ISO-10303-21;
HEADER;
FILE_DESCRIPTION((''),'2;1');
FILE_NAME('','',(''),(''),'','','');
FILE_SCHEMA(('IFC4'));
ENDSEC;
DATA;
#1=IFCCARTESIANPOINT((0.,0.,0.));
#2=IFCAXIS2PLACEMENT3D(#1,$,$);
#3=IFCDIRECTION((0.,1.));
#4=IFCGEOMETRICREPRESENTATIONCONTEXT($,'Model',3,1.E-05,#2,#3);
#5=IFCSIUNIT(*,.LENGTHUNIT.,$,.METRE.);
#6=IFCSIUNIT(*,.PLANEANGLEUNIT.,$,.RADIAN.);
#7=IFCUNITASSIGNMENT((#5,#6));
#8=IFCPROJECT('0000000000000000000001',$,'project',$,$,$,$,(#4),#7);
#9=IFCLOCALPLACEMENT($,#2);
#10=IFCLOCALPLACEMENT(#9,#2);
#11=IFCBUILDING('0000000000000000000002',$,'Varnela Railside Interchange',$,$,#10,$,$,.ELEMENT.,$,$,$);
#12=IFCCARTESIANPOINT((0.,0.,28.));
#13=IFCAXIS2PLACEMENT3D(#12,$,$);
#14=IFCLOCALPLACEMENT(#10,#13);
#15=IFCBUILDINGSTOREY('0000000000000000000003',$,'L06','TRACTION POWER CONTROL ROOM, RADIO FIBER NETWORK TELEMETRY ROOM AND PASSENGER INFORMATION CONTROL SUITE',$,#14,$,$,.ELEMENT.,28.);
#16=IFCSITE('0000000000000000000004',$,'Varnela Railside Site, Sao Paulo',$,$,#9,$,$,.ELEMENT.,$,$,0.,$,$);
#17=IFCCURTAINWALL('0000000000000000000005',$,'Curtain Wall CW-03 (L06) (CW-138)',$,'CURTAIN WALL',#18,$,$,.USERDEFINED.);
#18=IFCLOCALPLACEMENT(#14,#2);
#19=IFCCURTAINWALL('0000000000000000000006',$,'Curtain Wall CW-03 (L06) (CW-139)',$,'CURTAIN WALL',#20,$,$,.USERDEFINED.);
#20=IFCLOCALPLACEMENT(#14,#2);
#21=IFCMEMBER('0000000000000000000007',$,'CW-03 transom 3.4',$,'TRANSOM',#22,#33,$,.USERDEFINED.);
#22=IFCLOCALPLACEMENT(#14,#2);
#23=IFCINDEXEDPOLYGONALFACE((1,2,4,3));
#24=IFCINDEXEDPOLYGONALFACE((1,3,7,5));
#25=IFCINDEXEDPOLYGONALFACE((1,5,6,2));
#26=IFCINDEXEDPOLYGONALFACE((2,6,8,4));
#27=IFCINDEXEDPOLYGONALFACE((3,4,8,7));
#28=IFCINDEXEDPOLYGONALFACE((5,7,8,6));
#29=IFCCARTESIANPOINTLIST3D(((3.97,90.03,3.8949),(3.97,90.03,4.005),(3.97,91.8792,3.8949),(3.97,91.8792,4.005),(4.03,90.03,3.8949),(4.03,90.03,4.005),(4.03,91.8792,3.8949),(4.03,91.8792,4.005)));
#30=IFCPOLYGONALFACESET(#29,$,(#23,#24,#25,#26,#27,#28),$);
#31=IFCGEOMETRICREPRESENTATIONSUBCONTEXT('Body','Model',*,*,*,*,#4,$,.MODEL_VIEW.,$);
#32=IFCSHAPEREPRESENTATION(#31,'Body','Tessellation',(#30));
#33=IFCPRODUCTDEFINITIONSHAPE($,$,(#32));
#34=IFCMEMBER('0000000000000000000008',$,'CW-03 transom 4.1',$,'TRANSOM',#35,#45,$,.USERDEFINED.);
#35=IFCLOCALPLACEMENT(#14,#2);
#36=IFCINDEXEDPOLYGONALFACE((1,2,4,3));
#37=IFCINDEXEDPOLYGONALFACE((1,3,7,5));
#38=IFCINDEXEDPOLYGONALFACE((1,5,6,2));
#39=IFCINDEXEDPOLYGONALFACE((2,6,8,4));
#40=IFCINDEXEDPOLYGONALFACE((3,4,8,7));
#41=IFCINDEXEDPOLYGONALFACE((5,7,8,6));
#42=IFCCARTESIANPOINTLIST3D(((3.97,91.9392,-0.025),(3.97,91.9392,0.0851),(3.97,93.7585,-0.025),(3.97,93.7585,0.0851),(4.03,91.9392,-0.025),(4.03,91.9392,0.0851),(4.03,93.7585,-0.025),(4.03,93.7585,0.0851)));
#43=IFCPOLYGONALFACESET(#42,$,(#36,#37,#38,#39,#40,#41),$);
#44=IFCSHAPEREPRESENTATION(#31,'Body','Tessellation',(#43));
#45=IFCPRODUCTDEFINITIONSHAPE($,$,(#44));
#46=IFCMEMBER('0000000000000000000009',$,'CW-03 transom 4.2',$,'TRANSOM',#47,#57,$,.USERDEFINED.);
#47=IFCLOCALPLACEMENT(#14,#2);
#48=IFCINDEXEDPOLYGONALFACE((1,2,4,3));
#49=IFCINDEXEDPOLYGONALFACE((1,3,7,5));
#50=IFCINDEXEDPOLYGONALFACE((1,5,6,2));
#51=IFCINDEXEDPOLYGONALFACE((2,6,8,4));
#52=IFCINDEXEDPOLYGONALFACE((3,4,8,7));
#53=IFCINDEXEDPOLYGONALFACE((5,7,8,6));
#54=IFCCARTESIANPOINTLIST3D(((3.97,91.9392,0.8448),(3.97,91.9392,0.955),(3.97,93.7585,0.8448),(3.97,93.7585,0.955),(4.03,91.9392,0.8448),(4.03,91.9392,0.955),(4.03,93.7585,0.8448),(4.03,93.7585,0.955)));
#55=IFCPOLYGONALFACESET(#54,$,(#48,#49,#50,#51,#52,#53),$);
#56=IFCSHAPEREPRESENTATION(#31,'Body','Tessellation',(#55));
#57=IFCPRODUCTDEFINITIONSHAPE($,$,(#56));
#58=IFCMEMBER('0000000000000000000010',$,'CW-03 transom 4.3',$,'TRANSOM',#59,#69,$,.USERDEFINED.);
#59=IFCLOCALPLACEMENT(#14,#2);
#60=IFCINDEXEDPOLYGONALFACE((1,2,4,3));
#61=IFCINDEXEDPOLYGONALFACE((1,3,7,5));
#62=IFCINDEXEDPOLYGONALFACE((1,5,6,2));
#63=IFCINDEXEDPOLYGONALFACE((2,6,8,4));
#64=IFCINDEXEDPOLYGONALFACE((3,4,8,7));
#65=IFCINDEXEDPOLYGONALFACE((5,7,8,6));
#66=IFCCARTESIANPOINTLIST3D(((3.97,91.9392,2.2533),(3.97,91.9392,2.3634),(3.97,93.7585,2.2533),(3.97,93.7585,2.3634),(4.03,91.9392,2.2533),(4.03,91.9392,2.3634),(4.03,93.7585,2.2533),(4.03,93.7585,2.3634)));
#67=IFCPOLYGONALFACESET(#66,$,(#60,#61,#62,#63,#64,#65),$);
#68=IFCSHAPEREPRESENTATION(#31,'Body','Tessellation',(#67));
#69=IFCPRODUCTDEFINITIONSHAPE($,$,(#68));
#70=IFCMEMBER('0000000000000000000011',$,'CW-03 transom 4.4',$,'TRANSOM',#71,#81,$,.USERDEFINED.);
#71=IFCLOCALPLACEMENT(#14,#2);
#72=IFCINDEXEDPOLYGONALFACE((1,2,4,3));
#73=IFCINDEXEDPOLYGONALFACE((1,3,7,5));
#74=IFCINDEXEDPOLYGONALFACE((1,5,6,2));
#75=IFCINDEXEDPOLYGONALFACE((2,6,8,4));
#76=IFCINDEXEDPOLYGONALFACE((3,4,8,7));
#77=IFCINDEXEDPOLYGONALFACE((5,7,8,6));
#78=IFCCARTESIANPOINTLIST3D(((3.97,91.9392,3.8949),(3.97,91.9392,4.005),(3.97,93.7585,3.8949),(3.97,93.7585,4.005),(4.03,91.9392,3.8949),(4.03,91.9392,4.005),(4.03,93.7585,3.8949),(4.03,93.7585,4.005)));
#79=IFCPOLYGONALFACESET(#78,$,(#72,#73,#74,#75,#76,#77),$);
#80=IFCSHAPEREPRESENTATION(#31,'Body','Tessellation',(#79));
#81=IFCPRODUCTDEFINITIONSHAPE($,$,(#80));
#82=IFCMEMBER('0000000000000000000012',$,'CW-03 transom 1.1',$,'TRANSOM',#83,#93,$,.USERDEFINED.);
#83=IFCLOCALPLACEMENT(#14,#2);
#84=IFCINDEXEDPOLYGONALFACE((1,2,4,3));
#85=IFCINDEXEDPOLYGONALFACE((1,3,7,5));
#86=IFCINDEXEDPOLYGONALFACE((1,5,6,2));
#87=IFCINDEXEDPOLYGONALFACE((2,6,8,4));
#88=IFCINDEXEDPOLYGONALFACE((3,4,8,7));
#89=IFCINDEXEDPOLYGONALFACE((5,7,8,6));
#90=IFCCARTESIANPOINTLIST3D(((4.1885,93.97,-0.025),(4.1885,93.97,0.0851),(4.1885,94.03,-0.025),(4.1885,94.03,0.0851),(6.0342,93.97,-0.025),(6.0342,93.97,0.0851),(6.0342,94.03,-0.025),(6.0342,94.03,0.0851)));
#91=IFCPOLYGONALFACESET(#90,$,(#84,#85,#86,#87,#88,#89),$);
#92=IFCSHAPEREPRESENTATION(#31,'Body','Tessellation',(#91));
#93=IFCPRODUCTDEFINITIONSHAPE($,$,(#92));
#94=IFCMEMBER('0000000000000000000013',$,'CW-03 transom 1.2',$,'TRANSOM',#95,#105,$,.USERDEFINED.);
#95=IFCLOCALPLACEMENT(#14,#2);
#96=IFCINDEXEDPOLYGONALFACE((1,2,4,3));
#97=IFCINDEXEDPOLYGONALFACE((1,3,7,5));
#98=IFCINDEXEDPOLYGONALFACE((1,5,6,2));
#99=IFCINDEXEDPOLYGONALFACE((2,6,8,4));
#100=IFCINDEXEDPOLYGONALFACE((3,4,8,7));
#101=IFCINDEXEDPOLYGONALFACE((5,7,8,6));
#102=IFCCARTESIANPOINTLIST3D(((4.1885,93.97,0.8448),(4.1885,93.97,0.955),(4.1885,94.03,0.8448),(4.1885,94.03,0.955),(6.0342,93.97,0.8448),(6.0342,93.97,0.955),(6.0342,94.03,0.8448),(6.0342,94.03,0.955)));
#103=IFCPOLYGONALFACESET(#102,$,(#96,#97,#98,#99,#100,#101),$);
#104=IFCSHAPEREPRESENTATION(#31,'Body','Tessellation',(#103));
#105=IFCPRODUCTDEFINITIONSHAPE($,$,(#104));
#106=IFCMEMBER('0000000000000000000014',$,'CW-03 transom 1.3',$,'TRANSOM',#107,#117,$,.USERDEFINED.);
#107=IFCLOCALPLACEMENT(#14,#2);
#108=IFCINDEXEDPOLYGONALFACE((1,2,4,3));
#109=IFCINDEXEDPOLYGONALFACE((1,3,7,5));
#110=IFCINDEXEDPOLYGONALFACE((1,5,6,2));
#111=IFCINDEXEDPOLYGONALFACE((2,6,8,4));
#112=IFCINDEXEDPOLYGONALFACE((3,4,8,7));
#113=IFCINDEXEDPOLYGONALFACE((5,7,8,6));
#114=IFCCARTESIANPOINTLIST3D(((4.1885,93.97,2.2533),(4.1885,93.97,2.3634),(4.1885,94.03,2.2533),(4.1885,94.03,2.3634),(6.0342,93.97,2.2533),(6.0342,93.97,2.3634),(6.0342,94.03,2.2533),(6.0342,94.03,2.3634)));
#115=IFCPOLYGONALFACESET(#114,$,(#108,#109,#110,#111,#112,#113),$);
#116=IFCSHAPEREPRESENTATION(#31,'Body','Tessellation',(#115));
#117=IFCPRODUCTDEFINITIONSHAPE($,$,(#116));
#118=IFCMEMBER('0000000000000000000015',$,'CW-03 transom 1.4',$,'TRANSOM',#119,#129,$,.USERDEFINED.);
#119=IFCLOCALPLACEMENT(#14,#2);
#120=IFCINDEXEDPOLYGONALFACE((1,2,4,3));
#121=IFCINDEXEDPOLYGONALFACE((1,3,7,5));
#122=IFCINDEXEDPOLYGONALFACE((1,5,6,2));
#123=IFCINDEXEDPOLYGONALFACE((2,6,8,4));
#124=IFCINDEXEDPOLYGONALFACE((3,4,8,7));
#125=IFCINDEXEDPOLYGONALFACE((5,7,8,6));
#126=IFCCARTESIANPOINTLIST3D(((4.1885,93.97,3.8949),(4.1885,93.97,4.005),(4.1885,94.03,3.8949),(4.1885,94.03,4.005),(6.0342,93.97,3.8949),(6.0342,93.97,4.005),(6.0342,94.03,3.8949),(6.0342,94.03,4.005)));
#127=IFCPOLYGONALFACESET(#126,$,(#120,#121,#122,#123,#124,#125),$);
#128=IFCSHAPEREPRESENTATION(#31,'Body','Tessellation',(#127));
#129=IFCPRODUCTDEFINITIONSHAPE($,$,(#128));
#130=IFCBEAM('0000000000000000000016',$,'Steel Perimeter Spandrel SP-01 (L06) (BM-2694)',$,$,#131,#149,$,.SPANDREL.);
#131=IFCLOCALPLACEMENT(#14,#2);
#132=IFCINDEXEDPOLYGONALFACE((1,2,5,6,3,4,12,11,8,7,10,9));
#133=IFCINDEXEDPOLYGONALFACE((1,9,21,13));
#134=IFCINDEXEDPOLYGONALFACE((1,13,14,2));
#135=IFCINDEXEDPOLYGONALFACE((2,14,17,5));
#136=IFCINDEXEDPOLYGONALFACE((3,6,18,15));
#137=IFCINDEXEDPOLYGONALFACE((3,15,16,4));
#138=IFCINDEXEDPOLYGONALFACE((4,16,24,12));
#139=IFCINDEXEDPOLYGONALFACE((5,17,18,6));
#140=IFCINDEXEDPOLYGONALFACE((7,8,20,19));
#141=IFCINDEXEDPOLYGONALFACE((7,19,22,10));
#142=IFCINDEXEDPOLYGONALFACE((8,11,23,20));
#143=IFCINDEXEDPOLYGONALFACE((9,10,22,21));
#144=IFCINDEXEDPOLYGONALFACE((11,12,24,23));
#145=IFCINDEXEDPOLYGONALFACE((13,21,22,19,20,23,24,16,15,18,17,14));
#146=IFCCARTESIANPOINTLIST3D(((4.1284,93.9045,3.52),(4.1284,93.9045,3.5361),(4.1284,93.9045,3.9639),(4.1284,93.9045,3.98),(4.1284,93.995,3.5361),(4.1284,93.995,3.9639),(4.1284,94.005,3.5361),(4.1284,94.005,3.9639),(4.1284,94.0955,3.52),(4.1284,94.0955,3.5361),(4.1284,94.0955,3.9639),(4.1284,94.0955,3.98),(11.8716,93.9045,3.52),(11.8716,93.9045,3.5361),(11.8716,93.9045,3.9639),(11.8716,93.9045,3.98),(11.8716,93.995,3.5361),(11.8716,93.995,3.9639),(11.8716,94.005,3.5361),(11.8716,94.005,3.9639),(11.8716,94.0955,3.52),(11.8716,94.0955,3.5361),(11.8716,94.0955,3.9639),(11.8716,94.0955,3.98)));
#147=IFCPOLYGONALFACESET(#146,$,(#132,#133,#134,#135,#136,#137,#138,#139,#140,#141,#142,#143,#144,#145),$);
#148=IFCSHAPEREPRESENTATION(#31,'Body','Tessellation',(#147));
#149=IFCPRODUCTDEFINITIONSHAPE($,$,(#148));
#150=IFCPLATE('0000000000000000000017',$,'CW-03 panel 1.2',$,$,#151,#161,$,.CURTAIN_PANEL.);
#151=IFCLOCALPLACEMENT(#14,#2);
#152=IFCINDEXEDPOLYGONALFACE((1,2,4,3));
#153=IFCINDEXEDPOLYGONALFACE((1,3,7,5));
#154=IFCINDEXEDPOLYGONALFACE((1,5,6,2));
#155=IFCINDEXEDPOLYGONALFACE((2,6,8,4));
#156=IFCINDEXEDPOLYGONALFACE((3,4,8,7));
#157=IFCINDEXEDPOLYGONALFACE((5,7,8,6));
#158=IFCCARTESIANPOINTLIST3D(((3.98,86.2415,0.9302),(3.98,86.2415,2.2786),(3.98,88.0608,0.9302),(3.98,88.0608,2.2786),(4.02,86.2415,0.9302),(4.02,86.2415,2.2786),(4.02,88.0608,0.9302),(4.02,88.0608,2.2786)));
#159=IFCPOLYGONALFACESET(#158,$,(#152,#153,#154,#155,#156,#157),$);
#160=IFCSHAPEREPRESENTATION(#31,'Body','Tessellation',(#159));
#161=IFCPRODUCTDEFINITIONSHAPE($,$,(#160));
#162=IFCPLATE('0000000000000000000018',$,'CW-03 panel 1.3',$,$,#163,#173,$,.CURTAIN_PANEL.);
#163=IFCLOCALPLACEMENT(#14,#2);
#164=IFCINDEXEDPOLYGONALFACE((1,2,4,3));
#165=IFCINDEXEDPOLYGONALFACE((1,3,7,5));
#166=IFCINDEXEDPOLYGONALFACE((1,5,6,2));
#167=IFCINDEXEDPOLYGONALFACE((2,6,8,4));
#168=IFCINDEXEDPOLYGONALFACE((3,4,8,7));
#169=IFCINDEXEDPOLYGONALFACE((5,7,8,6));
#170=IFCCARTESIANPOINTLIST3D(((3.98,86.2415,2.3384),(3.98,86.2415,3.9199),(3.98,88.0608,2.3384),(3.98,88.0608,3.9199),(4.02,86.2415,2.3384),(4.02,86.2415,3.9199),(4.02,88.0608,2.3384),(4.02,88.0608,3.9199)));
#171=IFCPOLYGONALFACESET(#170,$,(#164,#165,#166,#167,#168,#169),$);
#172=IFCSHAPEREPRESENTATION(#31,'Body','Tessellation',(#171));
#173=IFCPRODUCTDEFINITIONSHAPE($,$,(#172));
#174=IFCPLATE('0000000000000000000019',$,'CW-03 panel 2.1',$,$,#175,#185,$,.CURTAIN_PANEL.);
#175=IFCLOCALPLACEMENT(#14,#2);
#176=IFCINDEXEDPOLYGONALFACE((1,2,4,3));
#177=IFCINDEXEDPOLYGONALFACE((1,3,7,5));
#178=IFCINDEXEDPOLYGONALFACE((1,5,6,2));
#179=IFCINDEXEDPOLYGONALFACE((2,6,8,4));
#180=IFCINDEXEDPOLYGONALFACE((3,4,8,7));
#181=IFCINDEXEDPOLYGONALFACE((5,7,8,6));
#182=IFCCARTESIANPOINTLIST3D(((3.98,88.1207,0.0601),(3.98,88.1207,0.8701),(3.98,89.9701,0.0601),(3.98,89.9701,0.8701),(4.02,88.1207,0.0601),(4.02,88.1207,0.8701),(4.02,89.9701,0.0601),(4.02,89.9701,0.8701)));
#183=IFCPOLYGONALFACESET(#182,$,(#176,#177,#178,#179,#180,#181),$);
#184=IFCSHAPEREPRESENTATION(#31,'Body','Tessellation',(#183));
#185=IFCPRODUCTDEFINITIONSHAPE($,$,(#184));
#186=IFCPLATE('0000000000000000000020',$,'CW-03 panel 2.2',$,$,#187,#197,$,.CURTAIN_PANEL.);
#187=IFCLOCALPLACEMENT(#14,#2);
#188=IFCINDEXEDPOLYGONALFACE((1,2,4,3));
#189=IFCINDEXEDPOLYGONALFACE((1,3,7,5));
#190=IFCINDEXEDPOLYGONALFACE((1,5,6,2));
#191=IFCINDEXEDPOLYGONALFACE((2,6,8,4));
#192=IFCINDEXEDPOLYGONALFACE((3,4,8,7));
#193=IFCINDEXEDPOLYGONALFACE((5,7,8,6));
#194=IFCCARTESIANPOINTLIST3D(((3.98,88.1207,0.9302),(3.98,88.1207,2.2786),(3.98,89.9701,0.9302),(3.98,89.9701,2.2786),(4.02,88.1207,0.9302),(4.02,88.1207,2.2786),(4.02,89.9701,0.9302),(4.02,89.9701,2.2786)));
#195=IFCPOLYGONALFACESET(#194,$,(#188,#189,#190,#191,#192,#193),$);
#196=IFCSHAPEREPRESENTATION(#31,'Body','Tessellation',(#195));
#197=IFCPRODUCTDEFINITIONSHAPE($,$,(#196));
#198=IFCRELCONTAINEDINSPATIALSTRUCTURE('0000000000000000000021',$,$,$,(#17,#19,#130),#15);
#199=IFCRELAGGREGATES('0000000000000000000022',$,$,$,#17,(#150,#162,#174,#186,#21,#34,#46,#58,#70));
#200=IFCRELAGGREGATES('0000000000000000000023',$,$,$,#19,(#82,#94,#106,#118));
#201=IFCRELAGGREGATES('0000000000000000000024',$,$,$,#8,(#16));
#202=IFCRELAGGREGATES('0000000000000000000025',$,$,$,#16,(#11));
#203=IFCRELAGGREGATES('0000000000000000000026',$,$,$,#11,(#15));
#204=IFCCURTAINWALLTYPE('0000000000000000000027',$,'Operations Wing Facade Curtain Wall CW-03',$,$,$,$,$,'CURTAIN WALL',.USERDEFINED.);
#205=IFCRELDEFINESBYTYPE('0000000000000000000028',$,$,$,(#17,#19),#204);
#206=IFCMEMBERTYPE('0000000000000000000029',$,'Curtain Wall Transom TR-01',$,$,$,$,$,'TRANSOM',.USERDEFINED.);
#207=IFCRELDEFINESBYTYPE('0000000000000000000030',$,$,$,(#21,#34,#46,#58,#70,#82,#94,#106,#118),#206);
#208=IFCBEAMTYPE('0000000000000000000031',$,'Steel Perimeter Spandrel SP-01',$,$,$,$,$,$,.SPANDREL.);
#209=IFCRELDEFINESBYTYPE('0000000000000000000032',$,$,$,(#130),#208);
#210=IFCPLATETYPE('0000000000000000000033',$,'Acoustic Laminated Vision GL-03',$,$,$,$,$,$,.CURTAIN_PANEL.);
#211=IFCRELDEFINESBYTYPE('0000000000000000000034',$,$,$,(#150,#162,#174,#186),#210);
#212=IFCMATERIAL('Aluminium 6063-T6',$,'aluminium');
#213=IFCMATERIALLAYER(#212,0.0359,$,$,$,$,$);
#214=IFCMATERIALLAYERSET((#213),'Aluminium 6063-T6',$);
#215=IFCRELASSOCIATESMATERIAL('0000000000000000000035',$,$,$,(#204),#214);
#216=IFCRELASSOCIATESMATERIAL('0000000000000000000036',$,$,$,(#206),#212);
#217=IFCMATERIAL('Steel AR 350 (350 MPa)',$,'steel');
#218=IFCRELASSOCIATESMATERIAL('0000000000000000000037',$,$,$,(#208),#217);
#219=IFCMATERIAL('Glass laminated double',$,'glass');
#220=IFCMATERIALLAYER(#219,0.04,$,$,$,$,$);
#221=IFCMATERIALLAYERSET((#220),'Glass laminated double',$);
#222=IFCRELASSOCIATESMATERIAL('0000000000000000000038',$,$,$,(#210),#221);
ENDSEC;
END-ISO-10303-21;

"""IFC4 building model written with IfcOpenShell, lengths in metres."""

from ifc_helpers import new_model, si_unit, direction, frame, origin, origin_2d, place, context, subcontext, project, spatial, rectangle, i_section, extrude, material, layer, layer_set, material_profile, profile_set, type_object, element, aggregate, save


model = new_model("IFC4")

# Units and contexts
model_context = context("Model", 3, precision=1e-05, world=origin(), true_north=direction((0.0, 1.0)))
body_context = subcontext(model_context, "Body", "Model", "MODEL_VIEW")
ifc_project = project(units=[si_unit("LENGTHUNIT", "METRE"), si_unit("PLANEANGLEUNIT", "RADIAN")], contexts=[model_context])

# Site, building, storey
site_placement = place(None, origin())
site = spatial("IfcSite", under=ifc_project, at=site_placement, Name="Varnela Railside Site, Sao Paulo", CompositionType="ELEMENT", RefElevation=0.0)
building_placement = place(site_placement, origin())
building = spatial("IfcBuilding", under=site, at=building_placement, Name="Varnela Railside Interchange", CompositionType="ELEMENT")
storey_placement = place(building_placement, frame((0.0, 0.0, 28.0)))
storey = spatial("IfcBuildingStorey", under=building, at=storey_placement, Name="L06", Description="TRACTION POWER CONTROL ROOM, RADIO FIBER NETWORK TELEMETRY ROOM AND PASSENGER INFORMATION CONTROL SUITE", CompositionType="ELEMENT", Elevation=28.0)

# Shared definitions
ifc_material_1 = material(Name="Steel AR 350 (350 MPa)", Category="steel")

# Curtain walls
ifc_material_2 = material(Name="Aluminium 6063-T6", Category="aluminium")
ifc_layer_1 = layer(ifc_material_2, 0.0359)
ifc_layer_set_1 = layer_set([ifc_layer_1], Name="Aluminium 6063-T6")
curtain_wall_type = type_object("IfcCurtainWallType", Name="Operations Wing Facade Curtain Wall CW-03", ElementType="CURTAIN WALL", PredefinedType="USERDEFINED", material=ifc_layer_set_1)
curtain_wall_1_placement = place(storey_placement, origin())
curtain_wall_1 = element("IfcCurtainWall", 1, at=curtain_wall_1_placement, inside=storey, type_object=curtain_wall_type, Name="Curtain Wall CW-03 (L06) (CW-138)", ObjectType="CURTAIN WALL", PredefinedType="USERDEFINED")
curtain_wall_2_placement = place(storey_placement, origin())
curtain_wall_2 = element("IfcCurtainWall", 2, at=curtain_wall_2_placement, inside=storey, type_object=curtain_wall_type, Name="Curtain Wall CW-03 (L06) (CW-139)", ObjectType="CURTAIN WALL", PredefinedType="USERDEFINED")

# Members
ifc_material_profile_1 = material_profile(ifc_material_2, rectangle(XDim=0.0601, YDim=0.1101, at=origin_2d()), Name="ALU 60x110")
ifc_profile_set_1 = profile_set([ifc_material_profile_1], Name="Aluminium 6063-T6")
member_type_1 = type_object("IfcMemberType", Name="Curtain Wall Transom TR-01", ElementType="TRANSOM", PredefinedType="USERDEFINED", material=ifc_profile_set_1)
member_1_placement = place(storey_placement, frame((4.0, 90.03, 3.95), z_axis=(0.0, 1.0, 0.0), x_axis=(-1.0, 0.0, 0.0)))
member_1 = element("IfcMember", 3, at=member_1_placement, type_object=member_type_1, Name="CW-03 transom 3.4", ObjectType="TRANSOM", PredefinedType="USERDEFINED", context=body_context, shape_type="SweptSolid", body=[
    extrude(rectangle(XDim=0.0601, YDim=0.1101, at=origin_2d()), origin(), (0.0, 0.0, 1.0), 1.8491),
])
member_2_placement = place(storey_placement, frame((4.0, 91.9392, 0.03), z_axis=(0.0, 1.0, 0.0), x_axis=(-1.0, 0.0, 0.0)))
member_2 = element("IfcMember", 4, at=member_2_placement, type_object=member_type_1, Name="CW-03 transom 4.1", ObjectType="TRANSOM", PredefinedType="USERDEFINED", context=body_context, shape_type="SweptSolid", body=[
    extrude(rectangle(XDim=0.0601, YDim=0.1101, at=origin_2d()), origin(), (0.0, 0.0, 1.0), 1.8193),
])
member_3_placement = place(storey_placement, frame((4.0, 91.9392, 0.8999), z_axis=(0.0, 1.0, 0.0), x_axis=(-1.0, 0.0, 0.0)))
member_3 = element("IfcMember", 5, at=member_3_placement, type_object=member_type_1, Name="CW-03 transom 4.2", ObjectType="TRANSOM", PredefinedType="USERDEFINED", context=body_context, shape_type="SweptSolid", body=[
    extrude(rectangle(XDim=0.0601, YDim=0.1101, at=origin_2d()), origin(), (0.0, 0.0, 1.0), 1.8193),
])
member_4_placement = place(storey_placement, frame((4.0, 91.9392, 2.3083), z_axis=(0.0, 1.0, 0.0), x_axis=(-1.0, 0.0, 0.0)))
member_4 = element("IfcMember", 6, at=member_4_placement, type_object=member_type_1, Name="CW-03 transom 4.3", ObjectType="TRANSOM", PredefinedType="USERDEFINED", context=body_context, shape_type="SweptSolid", body=[
    extrude(rectangle(XDim=0.0601, YDim=0.1101, at=origin_2d()), origin(), (0.0, 0.0, 1.0), 1.8193),
])
member_5_placement = place(storey_placement, frame((4.0, 91.9392, 3.95), z_axis=(0.0, 1.0, 0.0), x_axis=(-1.0, 0.0, 0.0)))
member_5 = element("IfcMember", 7, at=member_5_placement, type_object=member_type_1, Name="CW-03 transom 4.4", ObjectType="TRANSOM", PredefinedType="USERDEFINED", context=body_context, shape_type="SweptSolid", body=[
    extrude(rectangle(XDim=0.0601, YDim=0.1101, at=origin_2d()), origin(), (0.0, 0.0, 1.0), 1.8193),
])
member_6_placement = place(storey_placement, frame((4.1885, 94.0, 0.03), z_axis=(1.0, 0.0, 0.0), x_axis=(0.0, 1.0, 0.0)))
member_6 = element("IfcMember", 8, at=member_6_placement, type_object=member_type_1, Name="CW-03 transom 1.1", ObjectType="TRANSOM", PredefinedType="USERDEFINED", context=body_context, shape_type="SweptSolid", body=[
    extrude(rectangle(XDim=0.0601, YDim=0.1101, at=origin_2d()), origin(), (0.0, 0.0, 1.0), 1.8457),
])
member_7_placement = place(storey_placement, frame((4.1885, 94.0, 0.8999), z_axis=(1.0, 0.0, 0.0), x_axis=(0.0, 1.0, 0.0)))
member_7 = element("IfcMember", 9, at=member_7_placement, type_object=member_type_1, Name="CW-03 transom 1.2", ObjectType="TRANSOM", PredefinedType="USERDEFINED", context=body_context, shape_type="SweptSolid", body=[
    extrude(rectangle(XDim=0.0601, YDim=0.1101, at=origin_2d()), origin(), (0.0, 0.0, 1.0), 1.8457),
])
member_8_placement = place(storey_placement, frame((4.1885, 94.0, 2.3083), z_axis=(1.0, 0.0, 0.0), x_axis=(0.0, 1.0, 0.0)))
member_8 = element("IfcMember", 10, at=member_8_placement, type_object=member_type_1, Name="CW-03 transom 1.3", ObjectType="TRANSOM", PredefinedType="USERDEFINED", context=body_context, shape_type="SweptSolid", body=[
    extrude(rectangle(XDim=0.0601, YDim=0.1101, at=origin_2d()), origin(), (0.0, 0.0, 1.0), 1.8457),
])
member_9_placement = place(storey_placement, frame((4.1885, 94.0, 3.95), z_axis=(1.0, 0.0, 0.0), x_axis=(0.0, 1.0, 0.0)))
member_9 = element("IfcMember", 11, at=member_9_placement, type_object=member_type_1, Name="CW-03 transom 1.4", ObjectType="TRANSOM", PredefinedType="USERDEFINED", context=body_context, shape_type="SweptSolid", body=[
    extrude(rectangle(XDim=0.0601, YDim=0.1101, at=origin_2d()), origin(), (0.0, 0.0, 1.0), 1.8457),
])

# Beam
ifc_material_profile_2 = material_profile(ifc_material_1, i_section(OverallWidth=0.1909, OverallDepth=0.46, WebThickness=0.01, FlangeThickness=0.0161, at=origin_2d()), Name="W460x82")
ifc_profile_set_2 = profile_set([ifc_material_profile_2], Name="Steel AR 350 (350 MPa)")
beam_type = type_object("IfcBeamType", Name="Steel Perimeter Spandrel SP-01", PredefinedType="SPANDREL", material=ifc_profile_set_2)
beam_placement = place(storey_placement, frame((4.1284, 94.0, 3.75), z_axis=(1.0, 0.0, 0.0), x_axis=(0.0, 1.0, 0.0)))
element("IfcBeam", 12, at=beam_placement, inside=storey, type_object=beam_type, Name="Steel Perimeter Spandrel SP-01 (L06) (BM-2694)", PredefinedType="SPANDREL", context=body_context, shape_type="SweptSolid", body=[
    extrude(i_section(OverallWidth=0.1909, OverallDepth=0.46, WebThickness=0.01, FlangeThickness=0.0161, at=origin_2d()), origin(), (0.0, 0.0, 1.0), 7.7432),
])

# Plates
ifc_material_3 = material(Name="Glass laminated double", Category="glass")
ifc_layer_2 = layer(ifc_material_3, 0.04)
ifc_layer_set_2 = layer_set([ifc_layer_2], Name="Glass laminated double")
plate_type = type_object("IfcPlateType", Name="Acoustic Laminated Vision GL-03", PredefinedType="CURTAIN_PANEL", material=ifc_layer_set_2)
plate_1_placement = place(storey_placement, frame((4.0, 87.1511, 0.9302), z_axis=(0.0, 0.0, 1.0), x_axis=(0.0, 1.0, 0.0)))
plate_1 = element("IfcPlate", 13, at=plate_1_placement, type_object=plate_type, Name="CW-03 panel 1.2", PredefinedType="CURTAIN_PANEL", context=body_context, shape_type="SweptSolid", body=[
    extrude(rectangle(XDim=1.8193, YDim=0.04, at=origin_2d()), origin(), (0.0, 0.0, 1.0), 1.3484),
])
plate_2_placement = place(storey_placement, frame((4.0, 87.1511, 2.3384), z_axis=(0.0, 0.0, 1.0), x_axis=(0.0, 1.0, 0.0)))
plate_2 = element("IfcPlate", 14, at=plate_2_placement, type_object=plate_type, Name="CW-03 panel 1.3", PredefinedType="CURTAIN_PANEL", context=body_context, shape_type="SweptSolid", body=[
    extrude(rectangle(XDim=1.8193, YDim=0.04, at=origin_2d()), origin(), (0.0, 0.0, 1.0), 1.5815),
])
plate_3_placement = place(storey_placement, frame((4.0, 89.0454, 0.0601), z_axis=(0.0, 0.0, 1.0), x_axis=(0.0, 1.0, 0.0)))
plate_3 = element("IfcPlate", 15, at=plate_3_placement, type_object=plate_type, Name="CW-03 panel 2.1", PredefinedType="CURTAIN_PANEL", context=body_context, shape_type="SweptSolid", body=[
    extrude(rectangle(XDim=1.8494, YDim=0.04, at=origin_2d()), origin(), (0.0, 0.0, 1.0), 0.8101),
])
plate_4_placement = place(storey_placement, frame((4.0, 89.0454, 0.9302), z_axis=(0.0, 0.0, 1.0), x_axis=(0.0, 1.0, 0.0)))
plate_4 = element("IfcPlate", 16, at=plate_4_placement, type_object=plate_type, Name="CW-03 panel 2.2", PredefinedType="CURTAIN_PANEL", context=body_context, shape_type="SweptSolid", body=[
    extrude(rectangle(XDim=1.8494, YDim=0.04, at=origin_2d()), origin(), (0.0, 0.0, 1.0), 1.3484),
])
aggregate(curtain_wall_1, [plate_1, plate_2, plate_3, plate_4, member_1, member_2, member_3, member_4, member_5])
aggregate(curtain_wall_2, [member_6, member_7, member_8, member_9])

save(model, "model.ifc")
